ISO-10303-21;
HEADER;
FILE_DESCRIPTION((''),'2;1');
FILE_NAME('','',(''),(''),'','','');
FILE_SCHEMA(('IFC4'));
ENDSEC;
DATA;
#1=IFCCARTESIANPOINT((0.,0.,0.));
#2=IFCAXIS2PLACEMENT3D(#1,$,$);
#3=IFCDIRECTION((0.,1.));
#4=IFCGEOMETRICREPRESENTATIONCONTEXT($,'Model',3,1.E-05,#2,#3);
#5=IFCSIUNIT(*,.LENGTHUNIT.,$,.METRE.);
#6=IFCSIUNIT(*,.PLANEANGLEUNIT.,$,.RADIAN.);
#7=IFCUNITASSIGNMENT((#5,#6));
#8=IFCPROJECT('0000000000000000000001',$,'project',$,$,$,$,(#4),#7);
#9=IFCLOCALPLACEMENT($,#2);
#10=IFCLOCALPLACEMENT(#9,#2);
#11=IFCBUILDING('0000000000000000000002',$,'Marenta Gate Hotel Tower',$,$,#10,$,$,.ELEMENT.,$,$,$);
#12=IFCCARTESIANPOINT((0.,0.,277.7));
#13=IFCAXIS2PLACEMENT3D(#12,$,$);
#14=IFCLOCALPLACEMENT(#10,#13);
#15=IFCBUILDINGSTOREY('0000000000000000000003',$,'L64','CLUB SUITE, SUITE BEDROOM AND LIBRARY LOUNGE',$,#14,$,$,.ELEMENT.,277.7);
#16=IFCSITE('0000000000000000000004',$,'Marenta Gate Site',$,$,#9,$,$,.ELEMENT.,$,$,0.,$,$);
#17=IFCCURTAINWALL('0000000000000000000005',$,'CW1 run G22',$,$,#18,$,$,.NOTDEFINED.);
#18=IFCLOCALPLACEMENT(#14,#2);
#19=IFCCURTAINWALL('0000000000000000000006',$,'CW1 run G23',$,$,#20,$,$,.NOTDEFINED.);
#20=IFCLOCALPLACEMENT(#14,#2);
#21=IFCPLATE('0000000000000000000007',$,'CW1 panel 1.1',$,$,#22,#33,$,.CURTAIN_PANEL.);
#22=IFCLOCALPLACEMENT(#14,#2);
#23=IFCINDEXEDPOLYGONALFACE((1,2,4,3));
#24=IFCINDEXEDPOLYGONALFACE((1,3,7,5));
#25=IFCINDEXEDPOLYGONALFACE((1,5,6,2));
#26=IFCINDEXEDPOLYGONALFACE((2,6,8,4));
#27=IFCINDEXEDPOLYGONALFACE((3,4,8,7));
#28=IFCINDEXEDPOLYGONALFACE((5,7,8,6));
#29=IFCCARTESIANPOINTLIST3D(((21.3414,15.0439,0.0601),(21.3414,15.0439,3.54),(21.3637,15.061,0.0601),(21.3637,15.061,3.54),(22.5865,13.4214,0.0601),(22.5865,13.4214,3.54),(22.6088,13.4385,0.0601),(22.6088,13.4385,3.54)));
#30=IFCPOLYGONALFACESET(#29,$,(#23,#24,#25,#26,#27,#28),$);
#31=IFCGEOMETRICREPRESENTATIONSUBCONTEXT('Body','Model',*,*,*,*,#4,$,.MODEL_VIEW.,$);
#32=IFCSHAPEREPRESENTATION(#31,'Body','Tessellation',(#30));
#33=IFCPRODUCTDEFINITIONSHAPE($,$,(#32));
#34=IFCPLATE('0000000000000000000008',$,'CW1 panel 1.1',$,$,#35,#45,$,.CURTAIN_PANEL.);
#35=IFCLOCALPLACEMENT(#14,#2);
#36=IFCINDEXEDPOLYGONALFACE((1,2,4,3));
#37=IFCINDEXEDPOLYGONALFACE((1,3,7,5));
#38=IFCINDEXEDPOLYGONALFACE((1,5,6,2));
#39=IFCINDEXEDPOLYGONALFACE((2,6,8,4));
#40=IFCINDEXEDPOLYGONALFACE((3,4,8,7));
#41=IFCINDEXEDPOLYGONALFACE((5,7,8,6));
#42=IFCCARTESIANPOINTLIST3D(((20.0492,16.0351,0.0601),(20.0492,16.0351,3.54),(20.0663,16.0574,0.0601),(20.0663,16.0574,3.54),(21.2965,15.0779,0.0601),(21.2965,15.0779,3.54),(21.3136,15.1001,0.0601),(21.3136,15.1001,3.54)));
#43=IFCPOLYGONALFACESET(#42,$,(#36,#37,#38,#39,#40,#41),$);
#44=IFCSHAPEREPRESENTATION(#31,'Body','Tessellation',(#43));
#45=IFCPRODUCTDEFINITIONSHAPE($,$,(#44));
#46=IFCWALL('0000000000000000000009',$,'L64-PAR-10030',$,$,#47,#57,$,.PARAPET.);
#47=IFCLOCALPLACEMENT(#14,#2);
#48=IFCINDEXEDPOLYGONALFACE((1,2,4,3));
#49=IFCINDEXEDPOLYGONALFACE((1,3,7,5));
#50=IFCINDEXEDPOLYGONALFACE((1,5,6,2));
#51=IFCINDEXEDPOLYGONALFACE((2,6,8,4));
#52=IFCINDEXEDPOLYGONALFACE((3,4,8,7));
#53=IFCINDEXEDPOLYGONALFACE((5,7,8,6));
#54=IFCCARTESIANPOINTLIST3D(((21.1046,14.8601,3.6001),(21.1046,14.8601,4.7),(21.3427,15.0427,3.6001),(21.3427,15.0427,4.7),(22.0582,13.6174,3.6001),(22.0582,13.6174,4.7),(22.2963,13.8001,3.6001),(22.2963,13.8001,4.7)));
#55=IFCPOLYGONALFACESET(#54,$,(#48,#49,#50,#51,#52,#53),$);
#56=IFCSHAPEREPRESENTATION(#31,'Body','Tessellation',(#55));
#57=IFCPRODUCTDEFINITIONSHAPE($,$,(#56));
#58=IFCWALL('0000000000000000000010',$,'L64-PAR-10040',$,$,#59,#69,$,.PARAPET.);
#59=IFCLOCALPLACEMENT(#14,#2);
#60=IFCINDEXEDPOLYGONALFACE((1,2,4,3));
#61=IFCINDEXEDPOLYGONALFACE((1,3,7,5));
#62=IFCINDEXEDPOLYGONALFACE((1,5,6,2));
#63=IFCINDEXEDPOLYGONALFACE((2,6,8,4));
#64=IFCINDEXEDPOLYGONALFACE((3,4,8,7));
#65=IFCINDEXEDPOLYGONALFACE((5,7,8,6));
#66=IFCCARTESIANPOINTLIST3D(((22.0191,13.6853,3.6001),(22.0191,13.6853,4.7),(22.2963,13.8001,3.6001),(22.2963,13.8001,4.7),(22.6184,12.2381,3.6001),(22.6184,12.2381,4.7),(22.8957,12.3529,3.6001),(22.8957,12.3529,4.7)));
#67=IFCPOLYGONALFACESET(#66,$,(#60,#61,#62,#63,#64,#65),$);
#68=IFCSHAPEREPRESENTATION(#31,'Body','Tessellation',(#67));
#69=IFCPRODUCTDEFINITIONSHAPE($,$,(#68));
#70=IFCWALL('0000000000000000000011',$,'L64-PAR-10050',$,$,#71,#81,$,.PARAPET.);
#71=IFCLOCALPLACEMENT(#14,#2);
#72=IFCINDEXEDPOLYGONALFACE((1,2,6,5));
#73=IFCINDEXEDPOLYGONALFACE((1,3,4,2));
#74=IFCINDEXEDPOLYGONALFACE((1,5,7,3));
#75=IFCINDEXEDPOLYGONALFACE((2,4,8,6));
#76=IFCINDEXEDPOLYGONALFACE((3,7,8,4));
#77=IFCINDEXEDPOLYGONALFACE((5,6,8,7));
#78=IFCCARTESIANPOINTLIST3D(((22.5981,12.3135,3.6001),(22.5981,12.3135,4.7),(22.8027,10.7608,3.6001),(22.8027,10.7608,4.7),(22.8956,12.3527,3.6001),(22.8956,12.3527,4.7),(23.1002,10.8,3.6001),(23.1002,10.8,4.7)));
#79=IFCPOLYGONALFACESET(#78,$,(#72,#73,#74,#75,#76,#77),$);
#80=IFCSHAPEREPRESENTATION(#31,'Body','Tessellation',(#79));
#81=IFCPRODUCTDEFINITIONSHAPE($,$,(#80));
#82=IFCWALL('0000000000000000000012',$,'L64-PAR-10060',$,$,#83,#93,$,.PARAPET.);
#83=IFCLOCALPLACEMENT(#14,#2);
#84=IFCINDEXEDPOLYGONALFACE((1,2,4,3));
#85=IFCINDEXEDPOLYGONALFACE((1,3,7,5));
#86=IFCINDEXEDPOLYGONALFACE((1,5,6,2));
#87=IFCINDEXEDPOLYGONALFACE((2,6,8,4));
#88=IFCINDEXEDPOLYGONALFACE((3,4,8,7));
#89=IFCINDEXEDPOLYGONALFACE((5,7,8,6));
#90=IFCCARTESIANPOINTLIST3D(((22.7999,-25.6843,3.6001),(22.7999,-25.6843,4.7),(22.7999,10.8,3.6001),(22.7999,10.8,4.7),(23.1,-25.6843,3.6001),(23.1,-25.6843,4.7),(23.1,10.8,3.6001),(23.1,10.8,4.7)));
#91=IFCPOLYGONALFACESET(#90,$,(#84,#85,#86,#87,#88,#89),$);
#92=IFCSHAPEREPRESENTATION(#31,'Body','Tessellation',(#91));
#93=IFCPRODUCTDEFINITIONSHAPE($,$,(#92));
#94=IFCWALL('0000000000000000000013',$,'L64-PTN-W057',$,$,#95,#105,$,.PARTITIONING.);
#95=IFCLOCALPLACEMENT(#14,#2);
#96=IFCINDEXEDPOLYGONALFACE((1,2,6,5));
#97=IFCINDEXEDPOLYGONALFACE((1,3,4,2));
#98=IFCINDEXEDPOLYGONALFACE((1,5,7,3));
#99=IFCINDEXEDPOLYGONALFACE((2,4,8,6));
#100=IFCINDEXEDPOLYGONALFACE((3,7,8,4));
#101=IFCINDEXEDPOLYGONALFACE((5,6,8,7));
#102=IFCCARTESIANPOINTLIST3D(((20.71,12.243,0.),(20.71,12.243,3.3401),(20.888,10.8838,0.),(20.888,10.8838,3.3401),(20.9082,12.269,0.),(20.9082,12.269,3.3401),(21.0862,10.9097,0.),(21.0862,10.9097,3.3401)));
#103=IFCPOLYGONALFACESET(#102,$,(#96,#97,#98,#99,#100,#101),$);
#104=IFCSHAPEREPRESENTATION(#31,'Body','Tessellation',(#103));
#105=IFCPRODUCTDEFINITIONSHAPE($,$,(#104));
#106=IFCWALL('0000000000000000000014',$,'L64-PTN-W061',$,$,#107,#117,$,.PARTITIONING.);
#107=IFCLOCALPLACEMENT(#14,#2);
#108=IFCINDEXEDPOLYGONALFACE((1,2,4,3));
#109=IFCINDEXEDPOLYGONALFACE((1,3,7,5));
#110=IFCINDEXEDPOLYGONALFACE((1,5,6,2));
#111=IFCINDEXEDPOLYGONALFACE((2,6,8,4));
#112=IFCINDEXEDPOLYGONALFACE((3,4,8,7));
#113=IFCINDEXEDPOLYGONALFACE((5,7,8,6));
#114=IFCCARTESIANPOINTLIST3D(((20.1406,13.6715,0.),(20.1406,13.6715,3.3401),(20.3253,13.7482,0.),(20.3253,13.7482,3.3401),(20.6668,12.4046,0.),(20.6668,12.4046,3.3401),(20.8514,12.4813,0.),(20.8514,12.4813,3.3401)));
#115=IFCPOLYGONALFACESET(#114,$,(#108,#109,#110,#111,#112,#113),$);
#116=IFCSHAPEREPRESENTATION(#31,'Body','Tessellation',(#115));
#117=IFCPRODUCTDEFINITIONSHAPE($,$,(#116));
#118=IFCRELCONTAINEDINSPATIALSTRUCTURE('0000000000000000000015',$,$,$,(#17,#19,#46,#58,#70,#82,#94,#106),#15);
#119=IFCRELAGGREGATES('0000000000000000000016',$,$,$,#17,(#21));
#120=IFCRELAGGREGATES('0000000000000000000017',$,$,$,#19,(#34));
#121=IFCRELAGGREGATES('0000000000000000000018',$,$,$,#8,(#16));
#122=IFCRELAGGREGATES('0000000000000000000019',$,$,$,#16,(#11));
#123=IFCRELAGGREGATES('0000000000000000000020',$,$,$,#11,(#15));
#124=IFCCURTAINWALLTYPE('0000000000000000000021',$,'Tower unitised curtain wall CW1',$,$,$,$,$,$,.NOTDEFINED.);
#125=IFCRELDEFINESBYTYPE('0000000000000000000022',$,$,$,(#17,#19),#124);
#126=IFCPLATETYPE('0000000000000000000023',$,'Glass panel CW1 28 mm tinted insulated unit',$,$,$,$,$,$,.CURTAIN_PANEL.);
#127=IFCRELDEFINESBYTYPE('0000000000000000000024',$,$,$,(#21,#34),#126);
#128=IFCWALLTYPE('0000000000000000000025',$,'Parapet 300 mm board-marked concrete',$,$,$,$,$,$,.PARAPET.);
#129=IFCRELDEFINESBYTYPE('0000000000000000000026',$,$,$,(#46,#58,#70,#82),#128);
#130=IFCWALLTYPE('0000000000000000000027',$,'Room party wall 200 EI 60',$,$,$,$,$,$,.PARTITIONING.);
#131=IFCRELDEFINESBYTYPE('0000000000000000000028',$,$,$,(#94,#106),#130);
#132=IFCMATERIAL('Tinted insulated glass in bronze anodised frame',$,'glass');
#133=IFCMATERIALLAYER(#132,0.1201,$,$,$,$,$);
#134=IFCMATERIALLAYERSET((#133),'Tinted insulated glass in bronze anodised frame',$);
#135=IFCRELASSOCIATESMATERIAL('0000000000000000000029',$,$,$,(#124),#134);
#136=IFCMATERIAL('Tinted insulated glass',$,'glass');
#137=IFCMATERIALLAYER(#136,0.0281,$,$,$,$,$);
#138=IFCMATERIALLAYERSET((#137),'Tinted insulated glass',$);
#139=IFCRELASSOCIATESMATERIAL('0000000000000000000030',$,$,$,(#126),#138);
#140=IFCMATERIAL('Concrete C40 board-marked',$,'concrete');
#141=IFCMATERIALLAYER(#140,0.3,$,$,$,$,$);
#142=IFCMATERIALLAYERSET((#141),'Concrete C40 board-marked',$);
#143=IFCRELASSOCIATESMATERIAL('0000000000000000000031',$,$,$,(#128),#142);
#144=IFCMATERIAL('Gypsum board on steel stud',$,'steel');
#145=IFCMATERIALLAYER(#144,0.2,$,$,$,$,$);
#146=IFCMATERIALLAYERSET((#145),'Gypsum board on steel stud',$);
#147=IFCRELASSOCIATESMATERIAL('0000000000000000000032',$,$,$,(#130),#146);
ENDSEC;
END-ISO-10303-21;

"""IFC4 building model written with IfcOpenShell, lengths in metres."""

from ifc_helpers import new_model, si_unit, direction, frame, frame_2d, origin, origin_2d, place, context, subcontext, project, spatial, rectangle, extrude, material, layer, layer_set, type_object, element, aggregate, save


model = new_model("IFC4")

# Units and contexts
model_context = context("Model", 3, precision=1e-05, world=origin(), true_north=direction((0.0, 1.0)))
body_context = subcontext(model_context, "Body", "Model", "MODEL_VIEW")
ifc_project = project(units=[si_unit("LENGTHUNIT", "METRE"), si_unit("PLANEANGLEUNIT", "RADIAN")], contexts=[model_context])

# Site, building, storey
site_placement = place(None, origin())
site = spatial("IfcSite", under=ifc_project, at=site_placement, Name="Marenta Gate Site", CompositionType="ELEMENT", RefElevation=0.0)
building_placement = place(site_placement, origin())
building = spatial("IfcBuilding", under=site, at=building_placement, Name="Marenta Gate Hotel Tower", CompositionType="ELEMENT")
storey_placement = place(building_placement, frame((0.0, 0.0, 277.7)))
storey = spatial("IfcBuildingStorey", under=building, at=storey_placement, Name="L64", Description="CLUB SUITE, SUITE BEDROOM AND LIBRARY LOUNGE", CompositionType="ELEMENT", Elevation=277.7)

# Curtain walls
ifc_material_1 = material(Name="Tinted insulated glass in bronze anodised frame", Category="glass")
ifc_layer_1 = layer(ifc_material_1, 0.1201)
ifc_layer_set_1 = layer_set([ifc_layer_1], Name="Tinted insulated glass in bronze anodised frame")
curtain_wall_type = type_object("IfcCurtainWallType", Name="Tower unitised curtain wall CW1", PredefinedType="NOTDEFINED", material=ifc_layer_set_1)
curtain_wall_1_placement = place(storey_placement, origin())
curtain_wall_1 = element("IfcCurtainWall", 1, at=curtain_wall_1_placement, inside=storey, type_object=curtain_wall_type, Name="CW1 run G22", PredefinedType="NOTDEFINED")
curtain_wall_2_placement = place(storey_placement, origin())
curtain_wall_2 = element("IfcCurtainWall", 2, at=curtain_wall_2_placement, inside=storey, type_object=curtain_wall_type, Name="CW1 run G23", PredefinedType="NOTDEFINED")

# Shared definitions
ifc_material_2 = material(Name="Tinted insulated glass", Category="glass")
ifc_layer_2 = layer(ifc_material_2, 0.0281)
ifc_layer_set_2 = layer_set([ifc_layer_2], Name="Tinted insulated glass")
plate_type = type_object("IfcPlateType", Name="Glass panel CW1 28 mm tinted insulated unit", PredefinedType="CURTAIN_PANEL", material=ifc_layer_set_2)

# Plates
plate_1_placement = place(storey_placement, frame((21.9751, 14.2412, 0.0601), z_axis=(0.0, 0.0, 1.0), x_axis=(-0.608787, 0.793333, 0.0)))
plate_1 = element("IfcPlate", 3, at=plate_1_placement, type_object=plate_type, Name="CW1 panel 1.1", PredefinedType="CURTAIN_PANEL", context=body_context, shape_type="SweptSolid", body=[
    extrude(rectangle(XDim=2.0452, YDim=0.0281, at=origin_2d()), origin(), (0.0, 0.0, 1.0), 3.48),
])
aggregate(curtain_wall_1, [plate_1])
plate_2_placement = place(storey_placement, frame((20.6814, 15.5676, 0.0601), z_axis=(0.0, 0.0, 1.0), x_axis=(-0.793305, 0.608825, 0.0)))
plate_2 = element("IfcPlate", 4, at=plate_2_placement, type_object=plate_type, Name="CW1 panel 1.1", PredefinedType="CURTAIN_PANEL", context=body_context, shape_type="SweptSolid", body=[
    extrude(rectangle(XDim=1.5723, YDim=0.0281, at=origin_2d()), origin(), (0.0, 0.0, 1.0), 3.48),
])
aggregate(curtain_wall_2, [plate_2])

# Walls
ifc_material_3 = material(Name="Concrete C40 board-marked", Category="concrete")
ifc_layer_3 = layer(ifc_material_3, 0.3)
ifc_layer_set_3 = layer_set([ifc_layer_3], Name="Concrete C40 board-marked")
wall_type_1 = type_object("IfcWallType", Name="Parapet 300 mm board-marked concrete", PredefinedType="PARAPET", material=ifc_layer_set_3)
for number, where, z_axis, x_axis, name in (
    (5, (21.2236, 14.9514, 3.6001), (0.0, 0.0, 1.0), (0.608791, -0.79333, 0.0), "L64-PAR-10030"),
    (6, (22.1577, 13.7427, 3.6001), (0.0, 0.0, 1.0), (0.382623, -0.923905, 0.0), "L64-PAR-10040"),
):
    element("IfcWall", number, at=place(storey_placement, frame(where, z_axis=z_axis, x_axis=x_axis)), inside=storey, type_object=wall_type_1, Name=name, PredefinedType="PARAPET", context=body_context, shape_type="SweptSolid", body=[
        extrude(rectangle(XDim=1.5664, YDim=0.3, at=frame_2d((0.7832, 0.0))), origin(), (0.0, 0.0, 1.0), 1.0999),
    ])
wall_1_placement = place(storey_placement, frame((22.7468, 12.3333, 3.6001), z_axis=(0.0, 0.0, 1.0), x_axis=(0.130632, -0.991431, 0.0)))
element("IfcWall", 7, at=wall_1_placement, inside=storey, type_object=wall_type_1, Name="L64-PAR-10050", PredefinedType="PARAPET", context=body_context, shape_type="SweptSolid", body=[
    extrude(rectangle(XDim=1.5662, YDim=0.3, at=frame_2d((0.7832, 0.0))), origin(), (0.0, 0.0, 1.0), 1.0999),
])
wall_2_placement = place(storey_placement, frame((22.95, 10.8, 3.6001), z_axis=(0.0, 0.0, 1.0), x_axis=(0.0, -1.0, 0.0)))
element("IfcWall", 8, at=wall_2_placement, inside=storey, type_object=wall_type_1, Name="L64-PAR-10060", PredefinedType="PARAPET", context=body_context, shape_type="SweptSolid", body=[
    extrude(rectangle(XDim=36.4844, YDim=0.3, at=frame_2d((18.2422, 0.0))), origin(), (0.0, 0.0, 1.0), 1.0999),
])
ifc_material_4 = material(Name="Gypsum board on steel stud", Category="steel")
ifc_layer_4 = layer(ifc_material_4, 0.2)
ifc_layer_set_4 = layer_set([ifc_layer_4], Name="Gypsum board on steel stud")
wall_type_2 = type_object("IfcWallType", Name="Room party wall 200 EI 60", PredefinedType="PARTITIONING", material=ifc_layer_set_4)
wall_3_placement = place(storey_placement, frame((20.8091, 12.2561, 0.0), z_axis=(0.0, 0.0, 1.0), x_axis=(0.129842, -0.991535, 0.0)))
element("IfcWall", 9, at=wall_3_placement, inside=storey, type_object=wall_type_2, Name="L64-PTN-W057", PredefinedType="PARTITIONING", context=body_context, shape_type="SweptSolid", body=[
    extrude(rectangle(XDim=1.3708, YDim=0.2, at=frame_2d((0.6855, 0.0))), origin(), (0.0, 0.0, 1.0), 3.3401),
])
wall_4_placement = place(storey_placement, frame((20.2329, 13.71, 0.0), z_axis=(0.0, 0.0, 1.0), x_axis=(0.383541, -0.923524, 0.0)))
element("IfcWall", 10, at=wall_4_placement, inside=storey, type_object=wall_type_2, Name="L64-PTN-W061", PredefinedType="PARTITIONING", context=body_context, shape_type="SweptSolid", body=[
    extrude(rectangle(XDim=1.3718, YDim=0.2, at=frame_2d((0.686, 0.0))), origin(), (0.0, 0.0, 1.0), 3.3401),
])

save(model, "model.ifc")
